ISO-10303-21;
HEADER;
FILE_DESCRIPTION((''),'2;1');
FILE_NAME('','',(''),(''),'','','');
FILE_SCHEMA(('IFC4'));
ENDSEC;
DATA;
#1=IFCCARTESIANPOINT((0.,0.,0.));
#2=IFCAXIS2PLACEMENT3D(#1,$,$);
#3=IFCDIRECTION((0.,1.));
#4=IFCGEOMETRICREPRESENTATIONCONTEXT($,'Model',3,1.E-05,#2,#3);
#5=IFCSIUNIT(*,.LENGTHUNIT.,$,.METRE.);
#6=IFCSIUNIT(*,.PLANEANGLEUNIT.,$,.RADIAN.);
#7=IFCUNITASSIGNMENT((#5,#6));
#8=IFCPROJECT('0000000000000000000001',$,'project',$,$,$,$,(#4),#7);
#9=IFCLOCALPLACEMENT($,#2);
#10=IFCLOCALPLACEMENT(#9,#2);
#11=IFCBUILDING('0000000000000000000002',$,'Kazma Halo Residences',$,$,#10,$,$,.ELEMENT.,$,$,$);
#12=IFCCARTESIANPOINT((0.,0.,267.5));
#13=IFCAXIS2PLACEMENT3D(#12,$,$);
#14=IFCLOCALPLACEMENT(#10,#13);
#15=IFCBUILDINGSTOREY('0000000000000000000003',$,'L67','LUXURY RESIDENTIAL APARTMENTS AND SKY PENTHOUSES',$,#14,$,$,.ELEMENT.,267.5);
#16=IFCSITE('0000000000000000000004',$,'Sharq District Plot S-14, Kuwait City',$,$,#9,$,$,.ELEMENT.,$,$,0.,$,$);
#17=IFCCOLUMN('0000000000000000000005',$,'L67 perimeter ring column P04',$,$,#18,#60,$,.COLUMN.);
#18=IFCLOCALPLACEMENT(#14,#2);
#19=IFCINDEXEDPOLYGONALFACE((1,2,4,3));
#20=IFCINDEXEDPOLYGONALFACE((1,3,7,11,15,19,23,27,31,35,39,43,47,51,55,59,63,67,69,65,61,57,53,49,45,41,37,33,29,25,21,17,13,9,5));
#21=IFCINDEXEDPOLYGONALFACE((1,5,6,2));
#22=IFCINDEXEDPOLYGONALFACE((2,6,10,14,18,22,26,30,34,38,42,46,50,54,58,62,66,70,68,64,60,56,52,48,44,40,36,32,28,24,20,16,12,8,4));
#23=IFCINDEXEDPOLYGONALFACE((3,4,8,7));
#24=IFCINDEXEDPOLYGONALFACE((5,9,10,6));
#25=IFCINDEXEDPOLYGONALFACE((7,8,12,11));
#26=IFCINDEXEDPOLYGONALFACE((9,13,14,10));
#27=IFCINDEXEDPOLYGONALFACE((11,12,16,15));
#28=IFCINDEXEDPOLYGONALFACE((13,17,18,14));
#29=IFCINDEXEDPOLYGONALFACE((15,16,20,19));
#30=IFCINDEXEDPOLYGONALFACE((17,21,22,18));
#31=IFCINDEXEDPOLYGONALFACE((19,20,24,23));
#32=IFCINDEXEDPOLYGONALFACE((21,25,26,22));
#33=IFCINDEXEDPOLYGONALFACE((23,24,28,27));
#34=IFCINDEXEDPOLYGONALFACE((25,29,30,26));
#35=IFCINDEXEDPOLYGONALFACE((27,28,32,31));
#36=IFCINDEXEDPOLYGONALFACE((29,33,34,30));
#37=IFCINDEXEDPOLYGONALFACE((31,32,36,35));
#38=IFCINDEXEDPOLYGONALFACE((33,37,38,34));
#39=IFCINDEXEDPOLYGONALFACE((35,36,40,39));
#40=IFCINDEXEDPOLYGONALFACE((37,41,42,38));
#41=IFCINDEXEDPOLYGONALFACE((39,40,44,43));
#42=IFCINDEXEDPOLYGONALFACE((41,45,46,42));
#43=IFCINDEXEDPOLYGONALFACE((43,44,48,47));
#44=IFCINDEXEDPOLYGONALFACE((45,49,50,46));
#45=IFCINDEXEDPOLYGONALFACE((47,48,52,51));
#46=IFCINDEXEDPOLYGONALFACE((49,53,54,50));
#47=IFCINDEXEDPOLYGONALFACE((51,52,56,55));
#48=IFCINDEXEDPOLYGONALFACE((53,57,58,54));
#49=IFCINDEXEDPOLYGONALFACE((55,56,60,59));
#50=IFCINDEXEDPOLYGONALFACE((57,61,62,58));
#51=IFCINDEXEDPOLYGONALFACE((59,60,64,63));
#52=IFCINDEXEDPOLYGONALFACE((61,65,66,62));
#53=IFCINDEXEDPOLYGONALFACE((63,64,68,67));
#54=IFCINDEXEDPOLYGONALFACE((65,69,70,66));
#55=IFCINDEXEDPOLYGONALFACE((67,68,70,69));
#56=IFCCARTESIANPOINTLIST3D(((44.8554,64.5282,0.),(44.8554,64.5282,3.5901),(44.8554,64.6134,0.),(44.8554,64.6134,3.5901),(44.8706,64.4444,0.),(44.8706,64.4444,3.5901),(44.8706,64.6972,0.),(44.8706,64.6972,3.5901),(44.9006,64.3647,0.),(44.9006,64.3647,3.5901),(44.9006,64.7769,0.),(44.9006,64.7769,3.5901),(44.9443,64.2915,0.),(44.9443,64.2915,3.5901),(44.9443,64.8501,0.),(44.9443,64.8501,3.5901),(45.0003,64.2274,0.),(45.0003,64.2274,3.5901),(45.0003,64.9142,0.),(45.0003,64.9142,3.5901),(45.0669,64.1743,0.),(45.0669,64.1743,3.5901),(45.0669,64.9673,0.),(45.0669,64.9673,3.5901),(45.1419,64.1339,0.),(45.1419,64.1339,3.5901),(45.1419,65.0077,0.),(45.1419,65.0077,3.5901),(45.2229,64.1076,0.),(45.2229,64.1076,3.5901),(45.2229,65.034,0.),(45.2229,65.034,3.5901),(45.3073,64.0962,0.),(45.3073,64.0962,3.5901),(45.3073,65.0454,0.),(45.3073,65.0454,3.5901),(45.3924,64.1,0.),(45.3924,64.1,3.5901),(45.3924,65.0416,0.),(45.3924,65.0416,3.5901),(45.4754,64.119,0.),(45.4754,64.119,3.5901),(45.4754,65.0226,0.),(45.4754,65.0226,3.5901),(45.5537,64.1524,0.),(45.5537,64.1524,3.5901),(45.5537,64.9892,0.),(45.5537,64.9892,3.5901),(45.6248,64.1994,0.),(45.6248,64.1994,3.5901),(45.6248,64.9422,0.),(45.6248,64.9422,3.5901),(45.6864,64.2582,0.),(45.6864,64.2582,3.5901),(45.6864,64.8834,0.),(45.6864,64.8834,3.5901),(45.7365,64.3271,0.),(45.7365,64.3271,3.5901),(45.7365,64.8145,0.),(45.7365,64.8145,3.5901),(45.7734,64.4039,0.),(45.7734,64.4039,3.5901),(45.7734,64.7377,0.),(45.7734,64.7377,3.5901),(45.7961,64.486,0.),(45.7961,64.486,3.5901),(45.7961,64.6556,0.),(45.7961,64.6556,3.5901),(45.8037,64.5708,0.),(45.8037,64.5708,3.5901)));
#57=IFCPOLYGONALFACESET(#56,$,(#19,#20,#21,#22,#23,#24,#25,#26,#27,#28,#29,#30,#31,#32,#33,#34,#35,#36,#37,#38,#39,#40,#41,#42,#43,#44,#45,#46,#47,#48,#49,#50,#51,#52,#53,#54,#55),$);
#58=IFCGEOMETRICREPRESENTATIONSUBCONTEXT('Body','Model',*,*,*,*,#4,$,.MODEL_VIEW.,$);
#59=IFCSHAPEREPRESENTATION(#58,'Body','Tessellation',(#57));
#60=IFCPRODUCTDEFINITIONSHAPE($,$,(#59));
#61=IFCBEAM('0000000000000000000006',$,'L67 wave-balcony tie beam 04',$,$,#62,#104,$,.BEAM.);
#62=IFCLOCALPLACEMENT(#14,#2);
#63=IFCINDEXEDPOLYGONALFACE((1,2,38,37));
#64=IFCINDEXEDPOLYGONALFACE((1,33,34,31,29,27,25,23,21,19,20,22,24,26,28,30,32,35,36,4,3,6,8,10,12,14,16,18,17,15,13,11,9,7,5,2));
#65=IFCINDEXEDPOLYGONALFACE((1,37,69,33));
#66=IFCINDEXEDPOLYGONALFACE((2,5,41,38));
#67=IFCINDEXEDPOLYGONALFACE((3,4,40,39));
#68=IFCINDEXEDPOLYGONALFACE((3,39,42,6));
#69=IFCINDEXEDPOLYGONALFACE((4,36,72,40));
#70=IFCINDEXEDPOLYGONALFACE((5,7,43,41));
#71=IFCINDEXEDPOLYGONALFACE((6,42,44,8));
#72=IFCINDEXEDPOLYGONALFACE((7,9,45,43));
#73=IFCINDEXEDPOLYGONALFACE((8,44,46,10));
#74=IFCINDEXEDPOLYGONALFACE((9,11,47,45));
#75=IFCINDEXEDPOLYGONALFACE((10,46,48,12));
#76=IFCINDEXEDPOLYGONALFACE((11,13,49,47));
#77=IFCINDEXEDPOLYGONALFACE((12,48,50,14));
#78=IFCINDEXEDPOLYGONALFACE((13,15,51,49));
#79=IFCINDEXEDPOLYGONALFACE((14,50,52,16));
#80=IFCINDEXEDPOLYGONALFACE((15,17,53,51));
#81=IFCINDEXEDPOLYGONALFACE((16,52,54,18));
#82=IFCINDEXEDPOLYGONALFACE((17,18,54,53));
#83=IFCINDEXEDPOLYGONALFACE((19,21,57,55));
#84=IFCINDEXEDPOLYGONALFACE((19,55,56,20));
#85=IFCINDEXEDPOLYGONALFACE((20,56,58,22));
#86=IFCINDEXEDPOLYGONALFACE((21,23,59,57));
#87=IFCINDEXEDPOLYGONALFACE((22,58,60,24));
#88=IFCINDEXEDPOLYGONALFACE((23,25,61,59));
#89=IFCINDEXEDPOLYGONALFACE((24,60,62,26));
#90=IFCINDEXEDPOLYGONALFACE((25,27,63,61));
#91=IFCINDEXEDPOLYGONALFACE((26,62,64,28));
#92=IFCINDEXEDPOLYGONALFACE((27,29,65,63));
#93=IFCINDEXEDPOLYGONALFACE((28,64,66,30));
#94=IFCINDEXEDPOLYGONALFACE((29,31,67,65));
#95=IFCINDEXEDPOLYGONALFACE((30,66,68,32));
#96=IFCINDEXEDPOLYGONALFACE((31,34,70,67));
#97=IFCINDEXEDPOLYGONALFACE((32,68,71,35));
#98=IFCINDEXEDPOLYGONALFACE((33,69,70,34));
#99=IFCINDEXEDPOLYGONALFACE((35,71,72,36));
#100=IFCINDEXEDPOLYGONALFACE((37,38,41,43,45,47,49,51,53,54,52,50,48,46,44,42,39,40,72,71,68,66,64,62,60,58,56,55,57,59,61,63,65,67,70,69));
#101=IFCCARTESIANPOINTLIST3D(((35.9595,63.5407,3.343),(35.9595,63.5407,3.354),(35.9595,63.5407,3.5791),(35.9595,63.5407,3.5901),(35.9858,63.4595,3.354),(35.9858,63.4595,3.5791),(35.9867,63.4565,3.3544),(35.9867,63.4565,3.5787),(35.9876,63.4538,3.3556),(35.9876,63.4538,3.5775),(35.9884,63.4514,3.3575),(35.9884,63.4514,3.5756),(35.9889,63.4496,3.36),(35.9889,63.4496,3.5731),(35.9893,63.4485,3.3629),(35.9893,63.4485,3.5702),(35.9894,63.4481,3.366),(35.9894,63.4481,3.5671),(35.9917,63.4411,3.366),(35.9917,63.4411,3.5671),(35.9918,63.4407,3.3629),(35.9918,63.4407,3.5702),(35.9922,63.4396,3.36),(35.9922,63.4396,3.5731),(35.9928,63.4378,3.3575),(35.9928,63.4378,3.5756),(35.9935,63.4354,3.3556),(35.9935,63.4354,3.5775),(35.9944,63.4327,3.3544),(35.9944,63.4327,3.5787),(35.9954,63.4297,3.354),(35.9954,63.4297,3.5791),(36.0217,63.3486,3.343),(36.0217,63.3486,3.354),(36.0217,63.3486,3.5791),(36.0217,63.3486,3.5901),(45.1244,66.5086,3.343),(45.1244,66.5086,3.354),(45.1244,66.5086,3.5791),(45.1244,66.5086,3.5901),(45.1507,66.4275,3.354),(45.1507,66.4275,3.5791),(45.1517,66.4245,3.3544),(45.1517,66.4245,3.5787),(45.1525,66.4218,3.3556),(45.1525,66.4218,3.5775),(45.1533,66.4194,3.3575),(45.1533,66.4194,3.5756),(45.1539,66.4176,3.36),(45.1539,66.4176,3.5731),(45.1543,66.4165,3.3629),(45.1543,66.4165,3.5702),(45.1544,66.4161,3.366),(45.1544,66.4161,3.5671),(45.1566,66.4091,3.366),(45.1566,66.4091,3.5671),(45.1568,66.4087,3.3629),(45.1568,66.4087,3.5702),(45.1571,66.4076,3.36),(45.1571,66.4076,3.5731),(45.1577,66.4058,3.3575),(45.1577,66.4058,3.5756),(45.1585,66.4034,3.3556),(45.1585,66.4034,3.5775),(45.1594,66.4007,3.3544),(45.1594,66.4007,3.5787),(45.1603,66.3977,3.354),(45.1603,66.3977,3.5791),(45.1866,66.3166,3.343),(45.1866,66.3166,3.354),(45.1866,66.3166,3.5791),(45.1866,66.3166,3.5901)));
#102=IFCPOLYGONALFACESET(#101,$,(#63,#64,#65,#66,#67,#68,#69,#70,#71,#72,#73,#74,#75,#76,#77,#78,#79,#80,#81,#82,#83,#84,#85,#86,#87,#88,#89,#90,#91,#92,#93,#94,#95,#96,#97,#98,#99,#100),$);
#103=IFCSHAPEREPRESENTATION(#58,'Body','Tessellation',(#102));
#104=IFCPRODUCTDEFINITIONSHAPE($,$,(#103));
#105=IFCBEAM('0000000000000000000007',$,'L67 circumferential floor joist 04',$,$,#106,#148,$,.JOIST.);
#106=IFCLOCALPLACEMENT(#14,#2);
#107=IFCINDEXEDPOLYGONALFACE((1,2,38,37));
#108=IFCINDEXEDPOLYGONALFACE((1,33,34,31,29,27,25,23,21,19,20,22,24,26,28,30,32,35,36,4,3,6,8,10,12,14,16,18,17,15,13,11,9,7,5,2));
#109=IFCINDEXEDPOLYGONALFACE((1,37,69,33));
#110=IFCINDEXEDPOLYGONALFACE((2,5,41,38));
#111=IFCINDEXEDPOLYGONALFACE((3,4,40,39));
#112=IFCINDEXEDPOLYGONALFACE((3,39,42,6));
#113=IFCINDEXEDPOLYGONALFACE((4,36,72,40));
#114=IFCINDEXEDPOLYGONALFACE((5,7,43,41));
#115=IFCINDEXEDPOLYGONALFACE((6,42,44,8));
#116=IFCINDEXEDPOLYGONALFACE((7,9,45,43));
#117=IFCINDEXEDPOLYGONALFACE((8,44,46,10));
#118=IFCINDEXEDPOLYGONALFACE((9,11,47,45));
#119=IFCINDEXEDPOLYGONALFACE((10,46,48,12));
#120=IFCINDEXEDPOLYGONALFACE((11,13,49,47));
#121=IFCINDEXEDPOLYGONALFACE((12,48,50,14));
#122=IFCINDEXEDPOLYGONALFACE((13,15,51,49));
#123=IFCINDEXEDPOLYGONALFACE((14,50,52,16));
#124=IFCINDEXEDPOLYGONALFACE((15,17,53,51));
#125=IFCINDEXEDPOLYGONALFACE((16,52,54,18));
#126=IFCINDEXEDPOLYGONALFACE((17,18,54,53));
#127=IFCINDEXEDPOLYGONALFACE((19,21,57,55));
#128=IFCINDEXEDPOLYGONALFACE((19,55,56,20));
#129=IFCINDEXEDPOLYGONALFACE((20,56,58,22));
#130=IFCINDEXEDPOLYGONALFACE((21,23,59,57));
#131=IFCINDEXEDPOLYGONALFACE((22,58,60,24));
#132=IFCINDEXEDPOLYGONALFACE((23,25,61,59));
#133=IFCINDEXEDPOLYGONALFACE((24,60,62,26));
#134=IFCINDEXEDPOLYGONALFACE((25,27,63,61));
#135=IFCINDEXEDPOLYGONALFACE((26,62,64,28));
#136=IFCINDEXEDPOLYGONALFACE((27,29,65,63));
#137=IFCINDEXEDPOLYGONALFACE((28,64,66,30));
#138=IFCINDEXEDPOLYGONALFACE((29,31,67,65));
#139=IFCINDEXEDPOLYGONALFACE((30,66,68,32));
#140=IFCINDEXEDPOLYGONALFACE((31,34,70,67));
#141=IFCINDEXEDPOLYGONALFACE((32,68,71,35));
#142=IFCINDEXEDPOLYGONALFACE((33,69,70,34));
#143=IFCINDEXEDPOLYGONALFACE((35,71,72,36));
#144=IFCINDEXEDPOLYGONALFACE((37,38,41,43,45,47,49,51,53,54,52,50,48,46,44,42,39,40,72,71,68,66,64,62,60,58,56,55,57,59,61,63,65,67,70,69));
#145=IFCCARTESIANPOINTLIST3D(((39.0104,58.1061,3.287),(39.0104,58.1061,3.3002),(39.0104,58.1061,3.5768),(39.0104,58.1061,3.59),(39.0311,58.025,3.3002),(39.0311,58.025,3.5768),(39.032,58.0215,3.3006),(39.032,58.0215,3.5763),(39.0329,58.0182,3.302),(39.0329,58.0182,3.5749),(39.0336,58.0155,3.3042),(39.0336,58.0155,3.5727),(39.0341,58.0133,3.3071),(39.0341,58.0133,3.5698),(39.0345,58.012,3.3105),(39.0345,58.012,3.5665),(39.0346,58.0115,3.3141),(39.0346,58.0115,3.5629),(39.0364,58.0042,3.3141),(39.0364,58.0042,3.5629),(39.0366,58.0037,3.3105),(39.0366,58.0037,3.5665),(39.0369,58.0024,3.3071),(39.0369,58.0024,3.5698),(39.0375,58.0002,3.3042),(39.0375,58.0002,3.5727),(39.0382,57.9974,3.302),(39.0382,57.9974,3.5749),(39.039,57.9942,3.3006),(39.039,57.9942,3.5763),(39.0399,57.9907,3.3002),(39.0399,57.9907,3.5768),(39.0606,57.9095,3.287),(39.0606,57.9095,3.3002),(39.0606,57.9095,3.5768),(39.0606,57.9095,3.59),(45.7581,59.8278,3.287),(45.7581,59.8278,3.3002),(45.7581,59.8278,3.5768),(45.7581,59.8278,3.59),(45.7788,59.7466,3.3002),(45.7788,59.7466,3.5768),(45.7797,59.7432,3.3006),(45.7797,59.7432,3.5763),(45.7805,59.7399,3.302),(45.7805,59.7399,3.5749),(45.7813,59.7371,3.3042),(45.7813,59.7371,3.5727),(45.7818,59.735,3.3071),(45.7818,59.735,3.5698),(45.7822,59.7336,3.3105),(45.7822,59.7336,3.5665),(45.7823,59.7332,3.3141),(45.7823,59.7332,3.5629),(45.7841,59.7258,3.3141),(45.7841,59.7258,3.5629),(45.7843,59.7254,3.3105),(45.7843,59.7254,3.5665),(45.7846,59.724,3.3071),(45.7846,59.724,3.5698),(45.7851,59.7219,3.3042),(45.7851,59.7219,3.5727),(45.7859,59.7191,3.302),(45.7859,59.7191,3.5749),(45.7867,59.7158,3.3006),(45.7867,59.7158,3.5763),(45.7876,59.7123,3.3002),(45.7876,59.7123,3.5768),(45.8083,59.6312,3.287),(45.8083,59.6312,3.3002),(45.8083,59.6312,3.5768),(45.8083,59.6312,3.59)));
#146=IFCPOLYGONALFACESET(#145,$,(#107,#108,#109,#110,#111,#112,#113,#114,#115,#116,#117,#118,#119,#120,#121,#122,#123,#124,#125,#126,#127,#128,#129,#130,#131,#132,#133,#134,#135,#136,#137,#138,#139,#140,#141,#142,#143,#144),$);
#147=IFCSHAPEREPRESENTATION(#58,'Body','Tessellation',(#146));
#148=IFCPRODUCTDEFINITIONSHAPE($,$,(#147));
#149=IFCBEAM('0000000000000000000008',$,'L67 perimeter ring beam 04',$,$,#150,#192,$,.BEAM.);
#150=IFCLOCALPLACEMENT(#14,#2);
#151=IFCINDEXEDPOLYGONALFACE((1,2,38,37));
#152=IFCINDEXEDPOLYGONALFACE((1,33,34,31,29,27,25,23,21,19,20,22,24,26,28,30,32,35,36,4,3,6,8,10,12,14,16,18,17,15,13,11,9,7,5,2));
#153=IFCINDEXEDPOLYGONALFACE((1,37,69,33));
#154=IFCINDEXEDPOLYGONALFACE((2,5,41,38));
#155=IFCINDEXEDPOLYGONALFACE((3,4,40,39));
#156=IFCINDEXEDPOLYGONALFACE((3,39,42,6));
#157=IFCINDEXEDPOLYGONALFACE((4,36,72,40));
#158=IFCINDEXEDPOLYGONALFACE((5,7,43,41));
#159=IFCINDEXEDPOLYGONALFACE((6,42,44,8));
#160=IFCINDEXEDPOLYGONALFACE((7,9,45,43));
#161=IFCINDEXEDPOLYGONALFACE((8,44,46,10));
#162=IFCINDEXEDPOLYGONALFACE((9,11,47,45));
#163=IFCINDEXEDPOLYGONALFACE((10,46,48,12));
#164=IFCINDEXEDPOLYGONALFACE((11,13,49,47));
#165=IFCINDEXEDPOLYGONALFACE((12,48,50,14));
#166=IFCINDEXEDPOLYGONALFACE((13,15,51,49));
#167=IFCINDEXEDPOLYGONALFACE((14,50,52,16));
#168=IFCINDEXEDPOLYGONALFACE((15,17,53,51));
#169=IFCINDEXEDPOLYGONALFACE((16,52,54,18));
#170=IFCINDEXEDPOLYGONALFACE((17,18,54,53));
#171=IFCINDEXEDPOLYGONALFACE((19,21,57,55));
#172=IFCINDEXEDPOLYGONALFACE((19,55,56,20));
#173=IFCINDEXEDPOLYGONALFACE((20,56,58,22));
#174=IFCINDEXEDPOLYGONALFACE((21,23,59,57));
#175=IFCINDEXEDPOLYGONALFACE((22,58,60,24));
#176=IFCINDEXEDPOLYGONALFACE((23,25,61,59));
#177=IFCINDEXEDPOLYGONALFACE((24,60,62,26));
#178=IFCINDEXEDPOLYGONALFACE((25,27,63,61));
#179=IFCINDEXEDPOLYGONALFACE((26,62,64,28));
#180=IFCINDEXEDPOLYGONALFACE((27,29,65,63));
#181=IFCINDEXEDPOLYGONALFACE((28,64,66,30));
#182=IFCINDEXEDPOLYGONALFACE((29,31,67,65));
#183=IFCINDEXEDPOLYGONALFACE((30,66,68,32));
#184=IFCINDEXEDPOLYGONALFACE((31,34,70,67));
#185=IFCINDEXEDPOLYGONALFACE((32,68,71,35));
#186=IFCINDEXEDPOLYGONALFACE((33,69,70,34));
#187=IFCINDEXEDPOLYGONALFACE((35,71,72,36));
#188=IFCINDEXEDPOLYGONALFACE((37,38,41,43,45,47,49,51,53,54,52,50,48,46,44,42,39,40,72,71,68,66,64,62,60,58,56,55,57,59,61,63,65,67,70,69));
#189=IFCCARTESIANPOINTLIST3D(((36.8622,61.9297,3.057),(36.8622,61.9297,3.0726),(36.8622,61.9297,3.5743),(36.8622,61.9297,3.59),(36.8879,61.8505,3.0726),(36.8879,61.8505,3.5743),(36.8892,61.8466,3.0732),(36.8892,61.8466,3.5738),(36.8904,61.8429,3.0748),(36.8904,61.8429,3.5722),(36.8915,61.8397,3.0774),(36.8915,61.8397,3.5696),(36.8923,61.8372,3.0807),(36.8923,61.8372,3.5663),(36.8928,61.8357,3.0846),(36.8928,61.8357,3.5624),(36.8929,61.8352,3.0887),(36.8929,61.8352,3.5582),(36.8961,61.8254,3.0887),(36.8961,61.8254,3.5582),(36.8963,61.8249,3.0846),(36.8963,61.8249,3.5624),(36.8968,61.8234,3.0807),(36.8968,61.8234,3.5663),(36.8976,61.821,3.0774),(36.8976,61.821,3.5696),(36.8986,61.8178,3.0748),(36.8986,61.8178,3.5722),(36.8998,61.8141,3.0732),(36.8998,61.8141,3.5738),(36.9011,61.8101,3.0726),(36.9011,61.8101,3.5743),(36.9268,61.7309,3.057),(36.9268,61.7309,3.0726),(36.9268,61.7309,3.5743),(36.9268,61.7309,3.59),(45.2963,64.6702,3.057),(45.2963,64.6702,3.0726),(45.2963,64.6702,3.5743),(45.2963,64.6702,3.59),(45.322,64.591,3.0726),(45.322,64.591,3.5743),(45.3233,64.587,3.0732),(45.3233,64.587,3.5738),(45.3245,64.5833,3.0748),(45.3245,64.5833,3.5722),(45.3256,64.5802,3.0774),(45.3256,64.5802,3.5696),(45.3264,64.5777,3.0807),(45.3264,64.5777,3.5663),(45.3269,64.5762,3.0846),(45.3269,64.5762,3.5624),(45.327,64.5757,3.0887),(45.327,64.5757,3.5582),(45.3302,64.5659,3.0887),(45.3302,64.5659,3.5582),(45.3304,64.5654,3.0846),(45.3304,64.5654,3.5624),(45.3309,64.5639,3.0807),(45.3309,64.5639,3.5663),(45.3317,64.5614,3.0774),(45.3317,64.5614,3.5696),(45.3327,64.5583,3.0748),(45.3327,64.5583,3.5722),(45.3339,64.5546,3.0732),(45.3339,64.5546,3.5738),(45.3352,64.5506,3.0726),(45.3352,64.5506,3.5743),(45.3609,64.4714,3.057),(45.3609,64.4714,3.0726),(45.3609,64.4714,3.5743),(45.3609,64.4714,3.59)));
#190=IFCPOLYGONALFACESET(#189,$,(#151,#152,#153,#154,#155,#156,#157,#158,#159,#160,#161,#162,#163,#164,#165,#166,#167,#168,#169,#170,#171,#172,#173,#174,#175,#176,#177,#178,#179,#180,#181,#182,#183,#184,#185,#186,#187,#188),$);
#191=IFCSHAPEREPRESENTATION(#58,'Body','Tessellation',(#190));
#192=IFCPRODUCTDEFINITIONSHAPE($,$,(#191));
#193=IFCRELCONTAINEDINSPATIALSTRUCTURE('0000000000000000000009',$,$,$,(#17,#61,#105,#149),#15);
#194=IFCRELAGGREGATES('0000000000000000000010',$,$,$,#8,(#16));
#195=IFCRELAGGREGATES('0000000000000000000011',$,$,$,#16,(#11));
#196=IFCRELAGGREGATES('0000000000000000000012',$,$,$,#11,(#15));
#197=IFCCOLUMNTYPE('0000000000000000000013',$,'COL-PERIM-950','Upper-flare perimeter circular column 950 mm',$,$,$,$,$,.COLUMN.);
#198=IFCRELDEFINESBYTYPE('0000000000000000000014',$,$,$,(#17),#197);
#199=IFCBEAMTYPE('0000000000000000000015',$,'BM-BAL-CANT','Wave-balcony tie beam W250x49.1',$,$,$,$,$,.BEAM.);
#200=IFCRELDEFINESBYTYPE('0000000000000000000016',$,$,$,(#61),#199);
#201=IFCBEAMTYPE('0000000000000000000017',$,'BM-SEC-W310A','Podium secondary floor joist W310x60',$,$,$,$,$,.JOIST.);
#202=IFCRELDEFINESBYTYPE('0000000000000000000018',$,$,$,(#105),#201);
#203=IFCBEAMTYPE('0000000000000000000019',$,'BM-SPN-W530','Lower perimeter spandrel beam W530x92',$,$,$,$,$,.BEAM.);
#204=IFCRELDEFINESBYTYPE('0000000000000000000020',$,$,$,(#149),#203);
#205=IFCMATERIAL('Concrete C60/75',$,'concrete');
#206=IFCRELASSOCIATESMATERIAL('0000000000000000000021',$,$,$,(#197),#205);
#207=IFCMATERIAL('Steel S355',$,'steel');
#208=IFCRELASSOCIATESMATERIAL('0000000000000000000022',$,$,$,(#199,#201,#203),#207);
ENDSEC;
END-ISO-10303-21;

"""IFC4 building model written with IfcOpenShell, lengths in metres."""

from ifc_helpers import new_model, si_unit, direction, frame, origin, origin_2d, place, context, subcontext, project, spatial, circle, i_section, extrude, material, material_profile, profile_set, type_object, element, save


model = new_model("IFC4")

# Units and contexts
model_context = context("Model", 3, precision=1e-05, world=origin(), true_north=direction((0.0, 1.0)))
body_context = subcontext(model_context, "Body", "Model", "MODEL_VIEW")
ifc_project = project(units=[si_unit("LENGTHUNIT", "METRE"), si_unit("PLANEANGLEUNIT", "RADIAN")], contexts=[model_context])

# Site, building, storey
site_placement = place(None, origin())
site = spatial("IfcSite", under=ifc_project, at=site_placement, Name="Sharq District Plot S-14, Kuwait City", CompositionType="ELEMENT", RefElevation=0.0)
building_placement = place(site_placement, origin())
building = spatial("IfcBuilding", under=site, at=building_placement, Name="Kazma Halo Residences", CompositionType="ELEMENT")
storey_placement = place(building_placement, frame((0.0, 0.0, 267.5)))
storey = spatial("IfcBuildingStorey", under=building, at=storey_placement, Name="L67", Description="LUXURY RESIDENTIAL APARTMENTS AND SKY PENTHOUSES", CompositionType="ELEMENT", Elevation=267.5)

# Column
ifc_material_1 = material(Name="Concrete C60/75", Category="concrete")
ifc_material_profile_1 = material_profile(ifc_material_1, circle(Radius=0.4751, at=origin_2d()), Name="CIRC950")
ifc_profile_set_1 = profile_set([ifc_material_profile_1], Name="Concrete C60/75")
column_type = type_object("IfcColumnType", Name="COL-PERIM-950", Description="Upper-flare perimeter circular column 950 mm", PredefinedType="COLUMN", material=ifc_profile_set_1)
column_placement = place(storey_placement, frame((45.3286, 64.5708, 0.0), z_axis=(0.0, 0.0, 1.0), x_axis=(1.0, 0.0, 0.0)))
element("IfcColumn", 1, at=column_placement, inside=storey, type_object=column_type, Name="L67 perimeter ring column P04", PredefinedType="COLUMN", context=body_context, shape_type="SweptSolid", body=[
    extrude(circle(Radius=0.4751, at=origin_2d()), origin(), (0.0, 0.0, 1.0), 3.5901),
])

# Beams
ifc_material_2 = material(Name="Steel S355", Category="steel")
ifc_material_profile_2 = material_profile(ifc_material_2, i_section(OverallWidth=0.2019, OverallDepth=0.2471, WebThickness=0.0073, FlangeThickness=0.011, FilletRadius=0.012, at=origin_2d()), Name="W250x49.1")
ifc_profile_set_2 = profile_set([ifc_material_profile_2], Name="Steel S355")
beam_type_1 = type_object("IfcBeamType", Name="BM-BAL-CANT", Description="Wave-balcony tie beam W250x49.1", PredefinedType="BEAM", material=ifc_profile_set_2)
beam_1_placement = place(storey_placement, frame((45.1555, 66.4126, 3.4666), z_axis=(-0.951358, -0.308089, 0.0), x_axis=(0.308089, -0.951358, 0.0)))
element("IfcBeam", 2, at=beam_1_placement, inside=storey, type_object=beam_type_1, Name="L67 wave-balcony tie beam 04", PredefinedType="BEAM", context=body_context, shape_type="SweptSolid", body=[
    extrude(i_section(OverallWidth=0.2019, OverallDepth=0.2471, WebThickness=0.0073, FlangeThickness=0.011, FilletRadius=0.012, at=origin_2d()), origin(), (0.0, 0.0, 1.0), 9.6335),
])
ifc_material_profile_3 = material_profile(ifc_material_2, i_section(OverallWidth=0.2029, OverallDepth=0.303, WebThickness=0.0076, FlangeThickness=0.0132, FilletRadius=0.0139, at=origin_2d()), Name="W310x60")
ifc_profile_set_3 = profile_set([ifc_material_profile_3], Name="Steel S355")
beam_type_2 = type_object("IfcBeamType", Name="BM-SEC-W310A", Description="Podium secondary floor joist W310x60", PredefinedType="JOIST", material=ifc_profile_set_3)
beam_2_placement = place(storey_placement, frame((45.7832, 59.7295, 3.4385), z_axis=(-0.968958, -0.247226, 0.0), x_axis=(0.247226, -0.968958, 0.0)))
element("IfcBeam", 3, at=beam_2_placement, inside=storey, type_object=beam_type_2, Name="L67 circumferential floor joist 04", PredefinedType="JOIST", context=body_context, shape_type="SweptSolid", body=[
    extrude(i_section(OverallWidth=0.2029, OverallDepth=0.303, WebThickness=0.0076, FlangeThickness=0.0132, FilletRadius=0.0139, at=origin_2d()), origin(), (0.0, 0.0, 1.0), 6.9639),
])
ifc_material_profile_4 = material_profile(ifc_material_2, i_section(OverallWidth=0.209, OverallDepth=0.533, WebThickness=0.0103, FlangeThickness=0.0156, FilletRadius=0.0161, at=origin_2d()), Name="W530x92")
ifc_profile_set_4 = profile_set([ifc_material_profile_4], Name="Steel S355")
beam_type_3 = type_object("IfcBeamType", Name="BM-SPN-W530", Description="Lower perimeter spandrel beam W530x92", PredefinedType="BEAM", material=ifc_profile_set_4)
beam_3_placement = place(storey_placement, frame((45.3286, 64.5708, 3.3235), z_axis=(-0.951054, -0.309025, 0.0), x_axis=(0.309025, -0.951054, 0.0)))
element("IfcBeam", 4, at=beam_3_placement, inside=storey, type_object=beam_type_3, Name="L67 perimeter ring beam 04", PredefinedType="BEAM", context=body_context, shape_type="SweptSolid", body=[
    extrude(i_section(OverallWidth=0.209, OverallDepth=0.533, WebThickness=0.0103, FlangeThickness=0.0156, FilletRadius=0.0161, at=origin_2d()), origin(), (0.0, 0.0, 1.0), 8.8682),
])

save(model, "model.ifc")
